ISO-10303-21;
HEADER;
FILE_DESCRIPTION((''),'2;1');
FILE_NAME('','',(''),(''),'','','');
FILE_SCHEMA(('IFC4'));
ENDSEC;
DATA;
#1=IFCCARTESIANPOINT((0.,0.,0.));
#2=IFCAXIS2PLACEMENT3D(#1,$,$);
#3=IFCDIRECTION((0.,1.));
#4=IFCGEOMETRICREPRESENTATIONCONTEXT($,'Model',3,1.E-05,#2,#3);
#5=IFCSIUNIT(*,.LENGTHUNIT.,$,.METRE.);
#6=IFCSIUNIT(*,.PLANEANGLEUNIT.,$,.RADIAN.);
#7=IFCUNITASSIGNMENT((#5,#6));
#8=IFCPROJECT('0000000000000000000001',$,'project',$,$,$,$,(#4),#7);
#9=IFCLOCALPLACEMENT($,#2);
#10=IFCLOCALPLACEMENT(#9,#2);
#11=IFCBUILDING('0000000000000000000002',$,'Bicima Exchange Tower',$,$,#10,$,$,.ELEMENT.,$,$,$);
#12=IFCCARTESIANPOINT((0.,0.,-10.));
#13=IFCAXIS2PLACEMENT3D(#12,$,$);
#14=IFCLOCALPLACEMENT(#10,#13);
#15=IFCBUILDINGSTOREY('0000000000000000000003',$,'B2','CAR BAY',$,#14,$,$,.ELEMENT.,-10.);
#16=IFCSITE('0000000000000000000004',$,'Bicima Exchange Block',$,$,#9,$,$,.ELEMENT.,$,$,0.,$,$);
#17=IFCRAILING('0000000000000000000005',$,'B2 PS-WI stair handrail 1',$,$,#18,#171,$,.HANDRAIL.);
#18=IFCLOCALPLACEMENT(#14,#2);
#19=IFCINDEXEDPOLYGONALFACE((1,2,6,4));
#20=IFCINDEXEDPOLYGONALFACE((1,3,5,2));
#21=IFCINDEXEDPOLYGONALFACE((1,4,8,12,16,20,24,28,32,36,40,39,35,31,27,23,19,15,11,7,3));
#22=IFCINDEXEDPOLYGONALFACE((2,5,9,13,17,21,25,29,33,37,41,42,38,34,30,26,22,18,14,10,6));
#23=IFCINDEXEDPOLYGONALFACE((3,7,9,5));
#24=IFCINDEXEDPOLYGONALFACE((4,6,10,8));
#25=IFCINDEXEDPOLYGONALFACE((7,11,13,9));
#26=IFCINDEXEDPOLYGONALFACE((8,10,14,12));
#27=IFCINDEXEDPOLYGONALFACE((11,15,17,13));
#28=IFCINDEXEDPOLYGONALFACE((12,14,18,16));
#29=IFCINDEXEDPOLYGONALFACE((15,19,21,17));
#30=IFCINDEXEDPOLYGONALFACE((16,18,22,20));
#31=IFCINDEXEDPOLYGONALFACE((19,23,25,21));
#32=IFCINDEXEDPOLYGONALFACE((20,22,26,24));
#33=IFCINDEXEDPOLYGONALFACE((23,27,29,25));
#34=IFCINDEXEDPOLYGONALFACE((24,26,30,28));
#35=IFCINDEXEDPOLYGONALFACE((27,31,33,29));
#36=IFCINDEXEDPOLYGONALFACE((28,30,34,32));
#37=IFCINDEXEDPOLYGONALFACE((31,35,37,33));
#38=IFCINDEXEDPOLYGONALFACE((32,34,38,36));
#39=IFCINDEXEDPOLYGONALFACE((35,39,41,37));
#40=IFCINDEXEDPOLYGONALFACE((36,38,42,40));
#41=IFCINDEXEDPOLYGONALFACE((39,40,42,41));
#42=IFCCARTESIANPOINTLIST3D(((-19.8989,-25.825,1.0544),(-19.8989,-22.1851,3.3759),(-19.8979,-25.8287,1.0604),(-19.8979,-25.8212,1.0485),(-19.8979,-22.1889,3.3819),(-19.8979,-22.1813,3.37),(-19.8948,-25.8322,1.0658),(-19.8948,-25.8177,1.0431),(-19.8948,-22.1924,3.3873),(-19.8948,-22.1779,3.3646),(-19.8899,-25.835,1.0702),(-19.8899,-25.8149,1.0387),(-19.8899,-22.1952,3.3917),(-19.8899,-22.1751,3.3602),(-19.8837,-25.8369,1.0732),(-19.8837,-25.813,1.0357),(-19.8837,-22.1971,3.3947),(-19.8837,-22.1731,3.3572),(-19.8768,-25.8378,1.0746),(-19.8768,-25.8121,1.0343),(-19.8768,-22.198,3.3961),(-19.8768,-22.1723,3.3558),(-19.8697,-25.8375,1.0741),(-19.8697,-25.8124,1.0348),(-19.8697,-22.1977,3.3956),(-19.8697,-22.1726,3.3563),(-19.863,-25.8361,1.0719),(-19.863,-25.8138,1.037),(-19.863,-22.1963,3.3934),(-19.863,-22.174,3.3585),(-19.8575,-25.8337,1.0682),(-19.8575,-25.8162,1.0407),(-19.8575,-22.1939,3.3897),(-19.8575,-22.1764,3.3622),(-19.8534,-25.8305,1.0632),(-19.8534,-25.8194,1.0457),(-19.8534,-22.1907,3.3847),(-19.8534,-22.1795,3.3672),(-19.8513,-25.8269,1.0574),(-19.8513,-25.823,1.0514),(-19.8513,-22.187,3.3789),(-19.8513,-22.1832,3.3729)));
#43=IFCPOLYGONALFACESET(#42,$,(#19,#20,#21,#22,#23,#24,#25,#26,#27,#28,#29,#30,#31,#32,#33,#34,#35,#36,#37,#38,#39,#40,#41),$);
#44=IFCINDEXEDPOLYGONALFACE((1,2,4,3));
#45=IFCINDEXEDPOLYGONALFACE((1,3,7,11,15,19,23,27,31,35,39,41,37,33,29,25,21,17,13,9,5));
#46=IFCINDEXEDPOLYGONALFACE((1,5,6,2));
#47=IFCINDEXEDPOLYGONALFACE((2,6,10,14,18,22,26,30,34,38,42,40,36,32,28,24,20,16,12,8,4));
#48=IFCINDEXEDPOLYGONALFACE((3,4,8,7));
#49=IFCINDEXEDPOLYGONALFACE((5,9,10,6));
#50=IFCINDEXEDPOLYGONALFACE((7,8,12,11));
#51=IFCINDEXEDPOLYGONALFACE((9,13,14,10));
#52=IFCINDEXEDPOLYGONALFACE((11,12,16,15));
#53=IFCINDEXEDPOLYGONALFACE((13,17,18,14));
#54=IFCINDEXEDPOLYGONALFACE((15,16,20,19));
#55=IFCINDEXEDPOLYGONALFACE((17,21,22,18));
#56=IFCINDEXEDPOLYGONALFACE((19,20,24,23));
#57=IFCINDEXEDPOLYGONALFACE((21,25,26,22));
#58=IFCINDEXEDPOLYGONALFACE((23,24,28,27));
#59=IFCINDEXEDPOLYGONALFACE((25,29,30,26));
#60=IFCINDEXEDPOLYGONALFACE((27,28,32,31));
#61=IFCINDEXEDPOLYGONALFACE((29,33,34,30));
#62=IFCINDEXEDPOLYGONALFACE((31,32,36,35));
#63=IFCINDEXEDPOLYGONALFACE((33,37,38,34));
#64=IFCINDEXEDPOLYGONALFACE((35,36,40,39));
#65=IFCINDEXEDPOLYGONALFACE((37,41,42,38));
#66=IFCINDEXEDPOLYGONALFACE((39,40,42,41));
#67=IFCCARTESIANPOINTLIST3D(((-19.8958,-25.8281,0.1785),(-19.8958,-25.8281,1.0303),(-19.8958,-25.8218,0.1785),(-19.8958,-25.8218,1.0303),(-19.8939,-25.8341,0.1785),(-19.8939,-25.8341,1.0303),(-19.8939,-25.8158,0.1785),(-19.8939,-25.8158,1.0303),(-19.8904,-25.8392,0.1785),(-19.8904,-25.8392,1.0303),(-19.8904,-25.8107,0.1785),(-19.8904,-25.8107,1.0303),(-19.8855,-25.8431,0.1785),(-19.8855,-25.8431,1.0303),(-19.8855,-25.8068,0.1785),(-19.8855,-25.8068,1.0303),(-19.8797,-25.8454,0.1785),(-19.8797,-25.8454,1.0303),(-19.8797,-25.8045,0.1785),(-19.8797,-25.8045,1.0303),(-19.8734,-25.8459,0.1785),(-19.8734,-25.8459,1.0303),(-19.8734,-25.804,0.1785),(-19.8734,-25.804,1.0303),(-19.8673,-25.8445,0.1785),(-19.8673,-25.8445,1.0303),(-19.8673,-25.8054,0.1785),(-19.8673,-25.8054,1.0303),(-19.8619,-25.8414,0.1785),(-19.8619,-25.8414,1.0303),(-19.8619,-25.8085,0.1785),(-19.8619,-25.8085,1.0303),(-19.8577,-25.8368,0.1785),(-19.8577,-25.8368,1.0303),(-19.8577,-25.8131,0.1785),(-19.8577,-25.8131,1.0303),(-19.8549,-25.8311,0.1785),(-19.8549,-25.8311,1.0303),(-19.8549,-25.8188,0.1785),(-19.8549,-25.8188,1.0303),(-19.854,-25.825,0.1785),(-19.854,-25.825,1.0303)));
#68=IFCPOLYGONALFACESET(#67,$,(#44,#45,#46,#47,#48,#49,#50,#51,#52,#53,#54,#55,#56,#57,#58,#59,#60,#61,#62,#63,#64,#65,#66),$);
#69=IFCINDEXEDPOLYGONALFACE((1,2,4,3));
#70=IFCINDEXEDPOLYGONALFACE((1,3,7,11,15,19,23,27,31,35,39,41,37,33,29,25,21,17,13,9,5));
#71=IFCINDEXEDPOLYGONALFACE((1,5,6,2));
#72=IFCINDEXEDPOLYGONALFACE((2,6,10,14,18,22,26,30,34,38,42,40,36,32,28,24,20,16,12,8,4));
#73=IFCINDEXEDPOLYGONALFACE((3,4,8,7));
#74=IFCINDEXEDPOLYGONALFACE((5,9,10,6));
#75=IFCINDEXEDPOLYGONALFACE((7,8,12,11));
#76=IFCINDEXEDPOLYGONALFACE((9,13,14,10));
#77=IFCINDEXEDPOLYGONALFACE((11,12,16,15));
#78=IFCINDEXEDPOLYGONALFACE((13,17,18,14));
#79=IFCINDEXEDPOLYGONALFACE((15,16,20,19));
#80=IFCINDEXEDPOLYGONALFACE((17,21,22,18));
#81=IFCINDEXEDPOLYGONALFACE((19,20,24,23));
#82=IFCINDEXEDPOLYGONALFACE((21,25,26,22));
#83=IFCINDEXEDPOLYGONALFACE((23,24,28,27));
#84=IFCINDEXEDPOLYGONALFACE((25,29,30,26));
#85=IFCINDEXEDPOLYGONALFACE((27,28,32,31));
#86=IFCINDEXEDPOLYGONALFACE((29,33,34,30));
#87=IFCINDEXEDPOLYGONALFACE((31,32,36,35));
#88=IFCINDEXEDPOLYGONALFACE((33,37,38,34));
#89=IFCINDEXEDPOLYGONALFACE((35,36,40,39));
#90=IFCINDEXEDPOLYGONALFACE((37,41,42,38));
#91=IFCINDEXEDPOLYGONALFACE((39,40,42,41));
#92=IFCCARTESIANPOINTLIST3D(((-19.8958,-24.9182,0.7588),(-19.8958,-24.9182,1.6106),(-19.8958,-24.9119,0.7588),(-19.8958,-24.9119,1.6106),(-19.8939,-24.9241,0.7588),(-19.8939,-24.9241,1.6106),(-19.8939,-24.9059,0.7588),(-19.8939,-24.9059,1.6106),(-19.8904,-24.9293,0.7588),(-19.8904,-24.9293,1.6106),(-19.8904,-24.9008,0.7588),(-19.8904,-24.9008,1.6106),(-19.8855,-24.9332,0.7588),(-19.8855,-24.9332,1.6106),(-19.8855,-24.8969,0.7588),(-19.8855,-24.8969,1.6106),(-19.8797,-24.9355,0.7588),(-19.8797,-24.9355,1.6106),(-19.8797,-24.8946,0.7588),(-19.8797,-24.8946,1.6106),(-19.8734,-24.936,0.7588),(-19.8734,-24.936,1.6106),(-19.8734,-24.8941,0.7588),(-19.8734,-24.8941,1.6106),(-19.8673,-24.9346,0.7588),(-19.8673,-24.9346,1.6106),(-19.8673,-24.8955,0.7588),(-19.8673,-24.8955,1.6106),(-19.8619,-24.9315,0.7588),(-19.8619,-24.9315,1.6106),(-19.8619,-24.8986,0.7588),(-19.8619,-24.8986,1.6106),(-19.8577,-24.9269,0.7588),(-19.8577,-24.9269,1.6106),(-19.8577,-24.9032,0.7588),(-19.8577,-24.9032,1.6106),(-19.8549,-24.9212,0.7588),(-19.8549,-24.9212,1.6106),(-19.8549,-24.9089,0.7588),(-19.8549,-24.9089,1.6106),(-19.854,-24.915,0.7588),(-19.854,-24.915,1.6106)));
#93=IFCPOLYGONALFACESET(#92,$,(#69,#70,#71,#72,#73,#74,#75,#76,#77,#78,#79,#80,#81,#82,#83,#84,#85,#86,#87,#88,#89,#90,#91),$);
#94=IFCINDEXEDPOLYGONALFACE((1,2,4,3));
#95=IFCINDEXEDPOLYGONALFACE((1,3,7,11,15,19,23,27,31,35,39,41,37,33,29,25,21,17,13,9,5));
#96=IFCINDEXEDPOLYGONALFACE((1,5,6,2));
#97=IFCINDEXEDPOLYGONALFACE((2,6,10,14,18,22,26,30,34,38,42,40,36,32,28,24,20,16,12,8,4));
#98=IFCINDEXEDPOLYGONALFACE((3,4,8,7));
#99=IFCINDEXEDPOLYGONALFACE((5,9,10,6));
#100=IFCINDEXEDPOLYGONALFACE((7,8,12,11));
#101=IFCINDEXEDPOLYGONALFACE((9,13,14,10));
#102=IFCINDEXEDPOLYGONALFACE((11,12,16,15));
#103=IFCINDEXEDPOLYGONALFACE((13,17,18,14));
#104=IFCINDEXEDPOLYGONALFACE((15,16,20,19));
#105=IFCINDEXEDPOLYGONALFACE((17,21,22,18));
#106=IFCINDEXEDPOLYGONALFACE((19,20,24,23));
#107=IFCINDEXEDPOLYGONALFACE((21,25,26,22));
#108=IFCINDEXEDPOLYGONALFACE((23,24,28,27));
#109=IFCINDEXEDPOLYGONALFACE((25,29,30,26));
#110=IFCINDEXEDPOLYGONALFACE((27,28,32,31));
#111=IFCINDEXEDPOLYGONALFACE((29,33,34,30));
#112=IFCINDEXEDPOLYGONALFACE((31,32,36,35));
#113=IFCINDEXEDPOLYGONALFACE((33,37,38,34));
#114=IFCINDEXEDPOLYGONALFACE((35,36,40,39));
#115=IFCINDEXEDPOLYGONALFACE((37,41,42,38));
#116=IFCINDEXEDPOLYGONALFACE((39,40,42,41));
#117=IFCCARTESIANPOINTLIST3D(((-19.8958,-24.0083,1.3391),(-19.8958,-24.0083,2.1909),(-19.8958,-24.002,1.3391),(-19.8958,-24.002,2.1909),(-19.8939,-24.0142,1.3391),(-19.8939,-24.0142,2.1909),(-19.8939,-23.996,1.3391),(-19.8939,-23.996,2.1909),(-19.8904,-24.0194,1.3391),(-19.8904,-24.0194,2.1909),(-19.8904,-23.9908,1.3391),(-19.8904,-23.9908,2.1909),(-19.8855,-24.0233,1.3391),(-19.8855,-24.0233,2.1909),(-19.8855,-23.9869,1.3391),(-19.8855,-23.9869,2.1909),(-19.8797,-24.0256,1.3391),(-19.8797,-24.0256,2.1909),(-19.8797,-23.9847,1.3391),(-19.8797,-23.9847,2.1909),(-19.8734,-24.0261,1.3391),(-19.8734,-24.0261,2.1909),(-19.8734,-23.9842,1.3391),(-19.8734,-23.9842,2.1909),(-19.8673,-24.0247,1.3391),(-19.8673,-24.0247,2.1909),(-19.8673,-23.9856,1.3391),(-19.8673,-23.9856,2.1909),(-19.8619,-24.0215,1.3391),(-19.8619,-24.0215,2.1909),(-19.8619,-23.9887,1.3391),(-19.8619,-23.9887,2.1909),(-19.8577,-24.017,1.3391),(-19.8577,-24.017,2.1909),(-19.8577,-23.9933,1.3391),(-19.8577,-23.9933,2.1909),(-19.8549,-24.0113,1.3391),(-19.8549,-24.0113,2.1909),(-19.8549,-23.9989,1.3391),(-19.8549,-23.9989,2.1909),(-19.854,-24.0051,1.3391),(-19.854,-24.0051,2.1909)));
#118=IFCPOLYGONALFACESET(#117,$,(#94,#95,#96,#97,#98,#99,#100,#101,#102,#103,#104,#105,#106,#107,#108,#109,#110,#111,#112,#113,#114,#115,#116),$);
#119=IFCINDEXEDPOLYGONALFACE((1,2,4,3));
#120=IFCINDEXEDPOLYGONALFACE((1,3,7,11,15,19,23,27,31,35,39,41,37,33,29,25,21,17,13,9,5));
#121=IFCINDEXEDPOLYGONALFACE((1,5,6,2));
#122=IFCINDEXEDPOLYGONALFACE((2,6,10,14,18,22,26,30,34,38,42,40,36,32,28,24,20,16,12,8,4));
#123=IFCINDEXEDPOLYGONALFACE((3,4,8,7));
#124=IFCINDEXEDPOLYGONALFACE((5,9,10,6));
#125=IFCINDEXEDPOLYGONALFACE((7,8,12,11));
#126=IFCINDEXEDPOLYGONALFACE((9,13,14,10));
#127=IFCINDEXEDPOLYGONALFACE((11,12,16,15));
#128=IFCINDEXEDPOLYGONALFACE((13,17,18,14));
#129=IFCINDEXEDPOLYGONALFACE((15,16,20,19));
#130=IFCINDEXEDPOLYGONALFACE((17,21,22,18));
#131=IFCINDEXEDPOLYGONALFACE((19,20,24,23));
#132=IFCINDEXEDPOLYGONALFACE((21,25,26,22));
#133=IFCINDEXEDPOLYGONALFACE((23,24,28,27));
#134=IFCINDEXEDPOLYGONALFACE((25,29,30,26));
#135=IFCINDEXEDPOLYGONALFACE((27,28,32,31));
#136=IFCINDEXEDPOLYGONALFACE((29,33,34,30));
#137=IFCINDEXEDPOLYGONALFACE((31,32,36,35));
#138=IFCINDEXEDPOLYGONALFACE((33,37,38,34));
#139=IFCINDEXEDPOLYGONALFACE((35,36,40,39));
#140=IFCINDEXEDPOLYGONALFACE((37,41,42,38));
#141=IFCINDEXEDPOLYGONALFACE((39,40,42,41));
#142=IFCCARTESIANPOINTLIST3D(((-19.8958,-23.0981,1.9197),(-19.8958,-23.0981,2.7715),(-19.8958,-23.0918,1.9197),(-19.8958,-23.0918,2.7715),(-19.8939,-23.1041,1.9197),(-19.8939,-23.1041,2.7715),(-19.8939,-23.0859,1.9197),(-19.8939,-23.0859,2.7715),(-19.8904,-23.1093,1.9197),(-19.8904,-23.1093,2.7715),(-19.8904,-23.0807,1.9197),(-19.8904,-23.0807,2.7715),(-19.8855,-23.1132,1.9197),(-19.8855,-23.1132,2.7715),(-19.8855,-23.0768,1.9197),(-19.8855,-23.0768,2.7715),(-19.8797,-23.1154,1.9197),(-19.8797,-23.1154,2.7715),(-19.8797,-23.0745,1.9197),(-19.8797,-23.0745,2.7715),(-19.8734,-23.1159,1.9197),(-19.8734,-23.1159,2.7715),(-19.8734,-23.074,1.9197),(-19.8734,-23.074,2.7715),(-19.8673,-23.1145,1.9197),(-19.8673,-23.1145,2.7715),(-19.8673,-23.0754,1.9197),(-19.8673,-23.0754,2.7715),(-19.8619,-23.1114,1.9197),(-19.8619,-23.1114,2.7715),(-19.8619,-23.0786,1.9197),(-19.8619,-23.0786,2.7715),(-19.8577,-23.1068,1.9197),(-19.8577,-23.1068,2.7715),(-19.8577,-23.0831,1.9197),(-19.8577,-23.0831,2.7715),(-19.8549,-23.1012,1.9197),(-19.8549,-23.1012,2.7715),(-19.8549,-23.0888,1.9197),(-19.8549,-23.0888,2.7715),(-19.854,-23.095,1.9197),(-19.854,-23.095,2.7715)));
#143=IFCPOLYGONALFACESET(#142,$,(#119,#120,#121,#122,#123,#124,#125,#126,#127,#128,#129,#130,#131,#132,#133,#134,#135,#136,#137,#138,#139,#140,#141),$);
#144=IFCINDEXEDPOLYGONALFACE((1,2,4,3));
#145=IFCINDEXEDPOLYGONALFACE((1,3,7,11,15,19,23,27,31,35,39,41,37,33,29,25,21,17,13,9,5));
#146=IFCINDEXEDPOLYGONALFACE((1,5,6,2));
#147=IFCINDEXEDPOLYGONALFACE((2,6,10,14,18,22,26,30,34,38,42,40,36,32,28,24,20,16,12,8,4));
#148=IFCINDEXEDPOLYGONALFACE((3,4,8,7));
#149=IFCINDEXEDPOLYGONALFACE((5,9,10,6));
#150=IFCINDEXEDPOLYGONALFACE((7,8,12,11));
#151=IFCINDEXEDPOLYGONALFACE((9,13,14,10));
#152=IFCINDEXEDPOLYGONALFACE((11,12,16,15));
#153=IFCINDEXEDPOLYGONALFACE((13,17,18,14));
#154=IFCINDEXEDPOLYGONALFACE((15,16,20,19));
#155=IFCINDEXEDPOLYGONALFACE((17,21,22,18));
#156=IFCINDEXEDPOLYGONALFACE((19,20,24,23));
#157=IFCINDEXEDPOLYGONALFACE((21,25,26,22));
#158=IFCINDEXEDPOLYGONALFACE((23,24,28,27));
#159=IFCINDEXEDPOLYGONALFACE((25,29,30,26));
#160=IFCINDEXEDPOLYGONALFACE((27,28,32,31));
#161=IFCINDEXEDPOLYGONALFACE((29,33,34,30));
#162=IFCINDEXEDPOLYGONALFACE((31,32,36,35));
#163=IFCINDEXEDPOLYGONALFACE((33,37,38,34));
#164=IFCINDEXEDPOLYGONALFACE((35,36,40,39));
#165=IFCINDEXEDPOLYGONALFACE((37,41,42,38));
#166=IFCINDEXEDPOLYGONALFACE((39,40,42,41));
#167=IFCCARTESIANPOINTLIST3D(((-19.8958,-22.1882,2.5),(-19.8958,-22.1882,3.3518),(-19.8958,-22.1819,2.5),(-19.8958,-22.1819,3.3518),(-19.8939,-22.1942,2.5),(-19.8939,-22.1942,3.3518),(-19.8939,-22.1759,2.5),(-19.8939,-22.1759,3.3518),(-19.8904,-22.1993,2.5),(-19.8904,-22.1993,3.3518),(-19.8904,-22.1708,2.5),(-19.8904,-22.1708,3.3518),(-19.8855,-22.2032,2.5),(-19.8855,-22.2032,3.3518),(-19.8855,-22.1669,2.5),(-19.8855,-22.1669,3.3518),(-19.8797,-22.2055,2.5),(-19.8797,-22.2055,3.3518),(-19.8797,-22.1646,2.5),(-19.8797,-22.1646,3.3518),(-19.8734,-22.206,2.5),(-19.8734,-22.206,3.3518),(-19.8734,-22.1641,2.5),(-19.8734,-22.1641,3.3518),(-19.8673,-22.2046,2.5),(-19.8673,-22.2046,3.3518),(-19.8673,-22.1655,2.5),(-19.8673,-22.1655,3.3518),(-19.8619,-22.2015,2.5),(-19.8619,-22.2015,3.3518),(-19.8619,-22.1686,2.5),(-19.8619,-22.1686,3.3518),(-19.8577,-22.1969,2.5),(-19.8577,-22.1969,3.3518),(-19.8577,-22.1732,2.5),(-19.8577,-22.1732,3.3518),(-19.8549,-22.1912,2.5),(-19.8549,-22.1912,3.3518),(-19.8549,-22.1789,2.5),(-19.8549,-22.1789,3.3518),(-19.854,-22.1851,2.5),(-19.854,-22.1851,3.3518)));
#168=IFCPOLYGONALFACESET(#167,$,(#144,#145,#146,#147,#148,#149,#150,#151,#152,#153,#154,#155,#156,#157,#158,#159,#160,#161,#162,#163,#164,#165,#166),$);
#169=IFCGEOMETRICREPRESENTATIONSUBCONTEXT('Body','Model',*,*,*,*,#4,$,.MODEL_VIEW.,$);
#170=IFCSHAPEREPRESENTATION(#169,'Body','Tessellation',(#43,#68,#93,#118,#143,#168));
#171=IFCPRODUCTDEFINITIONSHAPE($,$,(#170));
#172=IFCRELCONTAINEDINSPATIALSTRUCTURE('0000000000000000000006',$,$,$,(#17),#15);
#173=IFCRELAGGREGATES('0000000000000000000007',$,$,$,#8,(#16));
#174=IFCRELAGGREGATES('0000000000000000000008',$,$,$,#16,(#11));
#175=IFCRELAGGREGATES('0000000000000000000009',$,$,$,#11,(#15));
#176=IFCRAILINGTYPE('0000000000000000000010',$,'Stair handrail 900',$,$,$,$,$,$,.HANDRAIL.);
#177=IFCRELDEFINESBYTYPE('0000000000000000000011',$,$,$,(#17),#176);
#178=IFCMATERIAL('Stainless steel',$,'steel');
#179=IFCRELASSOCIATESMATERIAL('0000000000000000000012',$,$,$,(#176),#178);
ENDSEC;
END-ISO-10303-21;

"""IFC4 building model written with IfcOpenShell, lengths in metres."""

from ifc_helpers import new_model, si_unit, direction, frame, origin, origin_2d, place, context, subcontext, project, spatial, circle, extrude, material, type_object, element, save


model = new_model("IFC4")

# Units and contexts
model_context = context("Model", 3, precision=1e-05, world=origin(), true_north=direction((0.0, 1.0)))
body_context = subcontext(model_context, "Body", "Model", "MODEL_VIEW")
ifc_project = project(units=[si_unit("LENGTHUNIT", "METRE"), si_unit("PLANEANGLEUNIT", "RADIAN")], contexts=[model_context])

# Site, building, storey
site_placement = place(None, origin())
site = spatial("IfcSite", under=ifc_project, at=site_placement, Name="Bicima Exchange Block", CompositionType="ELEMENT", RefElevation=0.0)
building_placement = place(site_placement, origin())
building = spatial("IfcBuilding", under=site, at=building_placement, Name="Bicima Exchange Tower", CompositionType="ELEMENT")
storey_placement = place(building_placement, frame((0.0, 0.0, -10.0)))
storey = spatial("IfcBuildingStorey", under=building, at=storey_placement, Name="B2", Description="CAR BAY", CompositionType="ELEMENT", Elevation=-10.0)

# Railing
ifc_material_1 = material(Name="Stainless steel", Category="steel")
railing_type_1 = type_object("IfcRailingType", Name="Stair handrail 900", PredefinedType="HANDRAIL", material=ifc_material_1)
railing_1_placement = place(storey_placement, frame((-19.875, -25.825, 0.1785)))
element("IfcRailing", 1, at=railing_1_placement, inside=storey, type_object=railing_type_1, Name="B2 PS-WI stair handrail 1", PredefinedType="HANDRAIL", context=body_context, shape_type="SweptSolid", body=[
    extrude(circle(Radius=0.0239, at=origin_2d()), frame((0.0, 0.0, 0.876), z_axis=(0.0, 0.843112, 0.537739), x_axis=(-1.0, 0.0, 0.0)), (0.0, 0.0, 1.0), 4.3171),
    extrude(circle(Radius=0.021, at=origin_2d()), origin(), (0.0, 0.0, 1.0), 0.8518),
    extrude(circle(Radius=0.021, at=origin_2d()), frame((0.0, 0.9099, 0.5803)), (0.0, 0.0, 1.0), 0.8518),
    extrude(circle(Radius=0.021, at=origin_2d()), frame((0.0, 1.8198, 1.1606)), (0.0, 0.0, 1.0), 0.8518),
    extrude(circle(Radius=0.021, at=origin_2d()), frame((0.0, 2.73, 1.7412)), (0.0, 0.0, 1.0), 0.8518),
    extrude(circle(Radius=0.021, at=origin_2d()), frame((0.0, 3.6399, 2.3215)), (0.0, 0.0, 1.0), 0.8518),
])

save(model, "model.ifc")
